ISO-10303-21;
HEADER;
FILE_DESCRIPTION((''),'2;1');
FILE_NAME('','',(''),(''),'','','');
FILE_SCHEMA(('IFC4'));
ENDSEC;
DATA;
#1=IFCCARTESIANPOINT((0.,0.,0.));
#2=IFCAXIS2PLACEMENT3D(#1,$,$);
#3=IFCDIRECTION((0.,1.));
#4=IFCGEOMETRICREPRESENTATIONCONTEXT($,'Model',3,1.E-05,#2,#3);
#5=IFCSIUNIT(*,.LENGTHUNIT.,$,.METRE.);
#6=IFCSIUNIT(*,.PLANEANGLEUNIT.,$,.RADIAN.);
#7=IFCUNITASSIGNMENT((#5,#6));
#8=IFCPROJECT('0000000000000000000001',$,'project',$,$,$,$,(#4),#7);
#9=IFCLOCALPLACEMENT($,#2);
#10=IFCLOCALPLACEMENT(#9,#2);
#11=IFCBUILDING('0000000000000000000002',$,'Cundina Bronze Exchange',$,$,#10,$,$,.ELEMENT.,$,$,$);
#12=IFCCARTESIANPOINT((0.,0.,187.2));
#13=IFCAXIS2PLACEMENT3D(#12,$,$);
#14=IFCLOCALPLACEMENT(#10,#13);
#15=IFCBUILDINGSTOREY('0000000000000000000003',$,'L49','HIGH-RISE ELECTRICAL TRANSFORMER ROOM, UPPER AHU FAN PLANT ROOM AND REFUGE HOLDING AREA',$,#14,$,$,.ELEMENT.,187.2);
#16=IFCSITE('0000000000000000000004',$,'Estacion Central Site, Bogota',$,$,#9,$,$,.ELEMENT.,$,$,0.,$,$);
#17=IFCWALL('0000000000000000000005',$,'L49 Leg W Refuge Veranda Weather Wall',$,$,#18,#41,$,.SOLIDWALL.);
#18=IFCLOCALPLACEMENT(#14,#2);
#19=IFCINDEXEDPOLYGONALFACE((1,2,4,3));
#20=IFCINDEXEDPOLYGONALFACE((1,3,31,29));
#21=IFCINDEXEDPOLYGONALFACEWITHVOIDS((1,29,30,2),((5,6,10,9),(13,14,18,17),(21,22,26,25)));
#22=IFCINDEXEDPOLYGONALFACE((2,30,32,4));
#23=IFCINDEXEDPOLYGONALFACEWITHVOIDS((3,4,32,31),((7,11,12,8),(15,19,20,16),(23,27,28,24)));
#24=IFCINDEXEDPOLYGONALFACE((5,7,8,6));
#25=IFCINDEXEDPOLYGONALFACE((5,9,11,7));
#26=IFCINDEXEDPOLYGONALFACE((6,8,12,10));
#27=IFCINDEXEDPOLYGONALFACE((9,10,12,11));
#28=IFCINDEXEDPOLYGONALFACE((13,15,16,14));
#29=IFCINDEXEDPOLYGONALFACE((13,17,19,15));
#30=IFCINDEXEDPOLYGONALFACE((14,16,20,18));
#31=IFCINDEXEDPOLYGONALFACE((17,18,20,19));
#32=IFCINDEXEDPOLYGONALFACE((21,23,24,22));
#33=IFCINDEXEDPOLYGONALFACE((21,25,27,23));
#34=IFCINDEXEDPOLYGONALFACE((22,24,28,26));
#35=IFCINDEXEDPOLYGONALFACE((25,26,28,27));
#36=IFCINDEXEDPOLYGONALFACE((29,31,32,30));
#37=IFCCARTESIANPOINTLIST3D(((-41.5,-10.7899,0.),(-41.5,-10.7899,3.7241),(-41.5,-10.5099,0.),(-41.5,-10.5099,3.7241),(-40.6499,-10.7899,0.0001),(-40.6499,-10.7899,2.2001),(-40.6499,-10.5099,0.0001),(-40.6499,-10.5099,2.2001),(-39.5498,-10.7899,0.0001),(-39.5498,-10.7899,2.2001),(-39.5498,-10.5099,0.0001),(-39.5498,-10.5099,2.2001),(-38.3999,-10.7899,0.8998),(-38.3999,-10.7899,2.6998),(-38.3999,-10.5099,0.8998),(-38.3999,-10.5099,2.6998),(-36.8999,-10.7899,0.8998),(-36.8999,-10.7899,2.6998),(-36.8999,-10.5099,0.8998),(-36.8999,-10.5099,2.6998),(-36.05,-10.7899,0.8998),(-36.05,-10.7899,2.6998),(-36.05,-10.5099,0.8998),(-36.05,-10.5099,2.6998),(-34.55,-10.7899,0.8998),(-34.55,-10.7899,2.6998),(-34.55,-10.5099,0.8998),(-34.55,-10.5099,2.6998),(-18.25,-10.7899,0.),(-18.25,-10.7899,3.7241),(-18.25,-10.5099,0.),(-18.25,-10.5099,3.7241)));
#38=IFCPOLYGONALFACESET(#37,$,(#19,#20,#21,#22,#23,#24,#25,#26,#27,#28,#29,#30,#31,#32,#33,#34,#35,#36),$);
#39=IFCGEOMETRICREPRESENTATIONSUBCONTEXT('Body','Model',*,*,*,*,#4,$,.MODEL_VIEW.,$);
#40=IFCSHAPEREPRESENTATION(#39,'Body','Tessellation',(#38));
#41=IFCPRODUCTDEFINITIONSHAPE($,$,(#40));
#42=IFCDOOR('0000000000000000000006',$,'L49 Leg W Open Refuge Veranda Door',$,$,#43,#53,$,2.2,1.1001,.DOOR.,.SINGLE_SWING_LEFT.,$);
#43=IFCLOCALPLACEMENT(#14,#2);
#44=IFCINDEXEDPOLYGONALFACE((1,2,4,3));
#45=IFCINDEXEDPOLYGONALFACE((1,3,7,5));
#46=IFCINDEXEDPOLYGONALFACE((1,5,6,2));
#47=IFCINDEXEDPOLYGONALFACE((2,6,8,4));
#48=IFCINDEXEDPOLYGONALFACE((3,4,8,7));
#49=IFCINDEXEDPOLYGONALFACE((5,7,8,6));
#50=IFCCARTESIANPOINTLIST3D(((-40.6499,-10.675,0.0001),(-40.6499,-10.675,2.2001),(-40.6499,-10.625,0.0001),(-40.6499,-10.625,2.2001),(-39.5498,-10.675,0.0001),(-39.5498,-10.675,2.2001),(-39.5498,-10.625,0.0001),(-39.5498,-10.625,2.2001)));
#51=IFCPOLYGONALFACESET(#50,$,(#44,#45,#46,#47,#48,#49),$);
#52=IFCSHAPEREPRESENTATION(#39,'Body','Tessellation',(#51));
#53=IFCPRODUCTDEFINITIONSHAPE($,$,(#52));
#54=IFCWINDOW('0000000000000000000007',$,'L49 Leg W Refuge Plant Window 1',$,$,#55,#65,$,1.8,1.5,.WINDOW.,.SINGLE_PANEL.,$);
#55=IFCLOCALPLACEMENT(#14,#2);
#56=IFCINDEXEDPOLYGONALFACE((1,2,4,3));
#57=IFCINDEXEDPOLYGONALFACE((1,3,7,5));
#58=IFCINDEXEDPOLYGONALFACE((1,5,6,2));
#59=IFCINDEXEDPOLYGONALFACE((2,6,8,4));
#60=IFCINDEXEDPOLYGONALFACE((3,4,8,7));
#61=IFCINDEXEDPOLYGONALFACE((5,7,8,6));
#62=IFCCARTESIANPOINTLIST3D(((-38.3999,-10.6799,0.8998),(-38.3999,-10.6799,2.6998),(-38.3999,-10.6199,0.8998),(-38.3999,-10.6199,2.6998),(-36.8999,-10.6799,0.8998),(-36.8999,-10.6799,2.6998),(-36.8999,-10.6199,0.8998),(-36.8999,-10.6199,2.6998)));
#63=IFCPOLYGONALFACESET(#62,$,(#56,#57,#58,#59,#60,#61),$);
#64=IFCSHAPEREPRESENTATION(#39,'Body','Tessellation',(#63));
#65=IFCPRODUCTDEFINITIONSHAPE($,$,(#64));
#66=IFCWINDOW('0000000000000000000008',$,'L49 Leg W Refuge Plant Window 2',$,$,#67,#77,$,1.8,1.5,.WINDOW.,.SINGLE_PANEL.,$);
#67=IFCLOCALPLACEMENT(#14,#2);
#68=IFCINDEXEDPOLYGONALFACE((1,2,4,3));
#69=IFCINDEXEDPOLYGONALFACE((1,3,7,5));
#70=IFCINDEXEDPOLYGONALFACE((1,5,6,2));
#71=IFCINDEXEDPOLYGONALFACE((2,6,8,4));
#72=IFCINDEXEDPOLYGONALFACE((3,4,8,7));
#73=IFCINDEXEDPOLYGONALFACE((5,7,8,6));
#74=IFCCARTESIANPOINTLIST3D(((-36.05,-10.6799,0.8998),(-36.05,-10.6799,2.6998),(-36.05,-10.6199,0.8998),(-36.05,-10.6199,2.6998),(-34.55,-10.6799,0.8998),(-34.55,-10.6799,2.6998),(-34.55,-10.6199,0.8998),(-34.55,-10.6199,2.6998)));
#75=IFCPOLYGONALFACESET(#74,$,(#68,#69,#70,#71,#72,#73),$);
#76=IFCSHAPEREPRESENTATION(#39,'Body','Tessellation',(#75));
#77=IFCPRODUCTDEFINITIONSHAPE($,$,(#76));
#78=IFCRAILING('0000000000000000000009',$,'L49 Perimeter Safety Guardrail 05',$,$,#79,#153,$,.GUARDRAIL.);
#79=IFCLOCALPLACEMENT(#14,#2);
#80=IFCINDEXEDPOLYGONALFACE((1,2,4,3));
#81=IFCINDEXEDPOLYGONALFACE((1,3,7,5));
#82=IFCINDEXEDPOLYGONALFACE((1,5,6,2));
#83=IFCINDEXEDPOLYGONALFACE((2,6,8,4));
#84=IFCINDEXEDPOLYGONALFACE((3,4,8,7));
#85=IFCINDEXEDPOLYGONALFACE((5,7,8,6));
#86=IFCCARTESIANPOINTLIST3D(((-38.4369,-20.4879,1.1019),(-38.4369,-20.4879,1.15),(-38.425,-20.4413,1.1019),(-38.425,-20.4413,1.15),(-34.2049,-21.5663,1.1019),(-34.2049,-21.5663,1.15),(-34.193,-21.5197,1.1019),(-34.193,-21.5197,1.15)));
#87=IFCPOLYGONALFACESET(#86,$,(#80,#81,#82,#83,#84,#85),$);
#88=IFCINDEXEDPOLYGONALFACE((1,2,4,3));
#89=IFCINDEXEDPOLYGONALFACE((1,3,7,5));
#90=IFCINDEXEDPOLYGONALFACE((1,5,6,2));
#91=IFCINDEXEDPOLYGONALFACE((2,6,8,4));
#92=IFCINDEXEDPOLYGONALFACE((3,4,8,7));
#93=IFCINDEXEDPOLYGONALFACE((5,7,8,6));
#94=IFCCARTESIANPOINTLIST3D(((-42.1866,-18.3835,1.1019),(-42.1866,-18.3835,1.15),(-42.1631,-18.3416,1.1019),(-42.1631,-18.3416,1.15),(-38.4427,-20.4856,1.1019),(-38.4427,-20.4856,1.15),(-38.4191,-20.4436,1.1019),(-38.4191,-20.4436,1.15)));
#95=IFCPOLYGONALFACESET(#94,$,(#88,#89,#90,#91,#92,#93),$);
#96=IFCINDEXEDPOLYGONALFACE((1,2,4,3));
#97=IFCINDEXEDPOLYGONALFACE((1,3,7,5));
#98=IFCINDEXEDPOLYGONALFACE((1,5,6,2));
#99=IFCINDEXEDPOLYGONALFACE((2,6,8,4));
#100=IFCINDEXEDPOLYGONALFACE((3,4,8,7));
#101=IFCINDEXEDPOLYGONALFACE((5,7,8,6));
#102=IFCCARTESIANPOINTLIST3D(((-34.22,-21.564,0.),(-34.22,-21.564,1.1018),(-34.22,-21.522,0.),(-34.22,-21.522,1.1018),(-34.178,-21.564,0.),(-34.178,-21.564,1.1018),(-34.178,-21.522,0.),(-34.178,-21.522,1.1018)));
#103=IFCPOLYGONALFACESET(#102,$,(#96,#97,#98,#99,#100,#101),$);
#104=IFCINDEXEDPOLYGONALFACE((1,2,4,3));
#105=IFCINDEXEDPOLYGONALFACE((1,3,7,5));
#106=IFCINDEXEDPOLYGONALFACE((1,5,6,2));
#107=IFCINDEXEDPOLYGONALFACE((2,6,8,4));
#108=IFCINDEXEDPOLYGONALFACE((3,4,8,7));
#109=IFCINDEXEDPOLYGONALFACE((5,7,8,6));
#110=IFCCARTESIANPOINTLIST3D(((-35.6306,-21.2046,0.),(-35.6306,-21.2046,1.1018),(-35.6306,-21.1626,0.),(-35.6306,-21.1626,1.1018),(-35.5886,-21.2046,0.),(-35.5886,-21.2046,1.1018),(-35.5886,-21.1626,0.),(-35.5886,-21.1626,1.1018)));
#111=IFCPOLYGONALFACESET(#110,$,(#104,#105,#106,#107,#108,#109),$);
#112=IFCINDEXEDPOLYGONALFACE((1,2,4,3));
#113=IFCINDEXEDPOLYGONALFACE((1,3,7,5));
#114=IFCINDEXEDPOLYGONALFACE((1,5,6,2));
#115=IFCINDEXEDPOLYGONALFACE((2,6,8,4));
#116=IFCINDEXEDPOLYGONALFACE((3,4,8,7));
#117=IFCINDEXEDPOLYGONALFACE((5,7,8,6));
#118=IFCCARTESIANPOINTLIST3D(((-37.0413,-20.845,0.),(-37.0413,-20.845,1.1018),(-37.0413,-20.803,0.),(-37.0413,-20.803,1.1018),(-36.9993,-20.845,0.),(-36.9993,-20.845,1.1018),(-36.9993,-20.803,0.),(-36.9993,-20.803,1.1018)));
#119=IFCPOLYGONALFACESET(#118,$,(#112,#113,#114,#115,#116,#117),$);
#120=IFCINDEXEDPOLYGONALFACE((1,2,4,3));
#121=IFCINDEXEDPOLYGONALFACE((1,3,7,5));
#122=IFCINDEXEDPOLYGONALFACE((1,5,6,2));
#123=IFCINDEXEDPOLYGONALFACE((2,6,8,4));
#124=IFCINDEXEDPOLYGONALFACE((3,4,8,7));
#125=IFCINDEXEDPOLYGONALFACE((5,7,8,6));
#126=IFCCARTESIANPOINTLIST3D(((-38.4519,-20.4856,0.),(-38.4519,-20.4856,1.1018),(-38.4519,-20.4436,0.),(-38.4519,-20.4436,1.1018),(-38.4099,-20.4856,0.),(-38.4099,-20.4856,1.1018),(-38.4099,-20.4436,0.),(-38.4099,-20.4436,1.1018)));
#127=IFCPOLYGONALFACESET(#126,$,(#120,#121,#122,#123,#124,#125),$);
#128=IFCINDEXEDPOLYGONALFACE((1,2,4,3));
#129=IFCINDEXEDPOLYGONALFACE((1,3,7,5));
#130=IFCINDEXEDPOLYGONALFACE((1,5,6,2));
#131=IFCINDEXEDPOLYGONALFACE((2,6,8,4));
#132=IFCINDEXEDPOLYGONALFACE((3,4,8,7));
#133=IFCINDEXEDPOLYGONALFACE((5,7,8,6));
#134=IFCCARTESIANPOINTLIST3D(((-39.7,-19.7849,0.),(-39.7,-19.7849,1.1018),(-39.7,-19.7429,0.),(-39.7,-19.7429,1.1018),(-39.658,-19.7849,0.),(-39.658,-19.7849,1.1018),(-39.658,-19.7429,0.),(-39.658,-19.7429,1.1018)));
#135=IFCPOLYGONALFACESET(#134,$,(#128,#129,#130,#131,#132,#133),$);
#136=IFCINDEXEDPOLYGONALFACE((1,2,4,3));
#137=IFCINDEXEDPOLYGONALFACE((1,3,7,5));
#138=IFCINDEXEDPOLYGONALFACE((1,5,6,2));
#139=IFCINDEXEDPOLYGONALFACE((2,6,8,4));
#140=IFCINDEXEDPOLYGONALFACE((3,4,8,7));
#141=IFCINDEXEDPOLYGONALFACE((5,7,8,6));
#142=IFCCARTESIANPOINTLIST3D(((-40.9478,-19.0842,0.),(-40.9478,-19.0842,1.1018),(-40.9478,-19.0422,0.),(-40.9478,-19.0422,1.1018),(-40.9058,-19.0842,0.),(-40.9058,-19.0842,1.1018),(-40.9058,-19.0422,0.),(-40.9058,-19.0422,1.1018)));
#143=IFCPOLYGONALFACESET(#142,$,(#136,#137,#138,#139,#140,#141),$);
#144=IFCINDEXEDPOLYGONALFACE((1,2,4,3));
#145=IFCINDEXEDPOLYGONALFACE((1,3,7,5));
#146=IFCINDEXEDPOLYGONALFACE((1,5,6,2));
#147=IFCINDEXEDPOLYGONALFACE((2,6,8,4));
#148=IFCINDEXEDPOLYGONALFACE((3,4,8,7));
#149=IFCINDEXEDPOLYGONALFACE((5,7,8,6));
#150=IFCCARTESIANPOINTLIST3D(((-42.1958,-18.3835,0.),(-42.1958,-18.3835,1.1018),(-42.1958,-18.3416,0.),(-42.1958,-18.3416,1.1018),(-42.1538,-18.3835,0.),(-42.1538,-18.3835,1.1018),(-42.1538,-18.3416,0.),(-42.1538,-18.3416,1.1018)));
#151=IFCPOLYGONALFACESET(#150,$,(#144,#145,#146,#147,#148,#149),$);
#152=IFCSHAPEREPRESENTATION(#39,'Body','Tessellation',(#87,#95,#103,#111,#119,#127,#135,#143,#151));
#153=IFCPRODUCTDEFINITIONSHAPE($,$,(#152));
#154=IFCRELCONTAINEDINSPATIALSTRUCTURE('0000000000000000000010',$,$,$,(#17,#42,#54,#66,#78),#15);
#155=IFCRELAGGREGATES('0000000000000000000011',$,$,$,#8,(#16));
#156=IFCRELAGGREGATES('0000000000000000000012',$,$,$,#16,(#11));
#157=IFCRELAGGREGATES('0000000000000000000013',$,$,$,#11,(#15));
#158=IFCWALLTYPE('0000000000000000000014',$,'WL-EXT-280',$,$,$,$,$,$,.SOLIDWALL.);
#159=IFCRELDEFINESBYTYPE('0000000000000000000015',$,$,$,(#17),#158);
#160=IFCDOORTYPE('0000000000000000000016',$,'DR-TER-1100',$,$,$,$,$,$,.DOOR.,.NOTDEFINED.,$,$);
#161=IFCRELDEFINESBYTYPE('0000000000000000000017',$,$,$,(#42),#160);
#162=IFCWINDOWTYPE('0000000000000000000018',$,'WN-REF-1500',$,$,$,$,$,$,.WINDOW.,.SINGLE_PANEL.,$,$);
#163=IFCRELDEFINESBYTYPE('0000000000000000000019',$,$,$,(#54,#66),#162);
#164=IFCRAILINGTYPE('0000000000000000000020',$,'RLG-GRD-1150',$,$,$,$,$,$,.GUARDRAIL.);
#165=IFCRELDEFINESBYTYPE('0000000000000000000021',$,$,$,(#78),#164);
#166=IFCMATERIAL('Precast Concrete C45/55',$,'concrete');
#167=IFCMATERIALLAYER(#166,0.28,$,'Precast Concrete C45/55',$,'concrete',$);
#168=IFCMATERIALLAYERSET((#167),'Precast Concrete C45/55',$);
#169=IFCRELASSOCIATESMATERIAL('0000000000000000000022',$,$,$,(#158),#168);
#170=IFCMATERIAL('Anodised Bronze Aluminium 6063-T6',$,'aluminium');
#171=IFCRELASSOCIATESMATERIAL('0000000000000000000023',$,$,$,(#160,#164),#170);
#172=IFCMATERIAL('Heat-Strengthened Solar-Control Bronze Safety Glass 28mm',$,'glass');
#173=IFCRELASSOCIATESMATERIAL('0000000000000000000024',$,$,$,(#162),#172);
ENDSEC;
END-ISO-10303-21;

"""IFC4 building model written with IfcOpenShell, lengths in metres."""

from ifc_helpers import new_model, si_unit, direction, frame, frame_2d, origin, origin_2d, place, context, subcontext, project, spatial, rectangle, extrude, material, layer, layer_set, type_object, element, fill, save


model = new_model("IFC4")

# Units and contexts
model_context = context("Model", 3, precision=1e-05, world=origin(), true_north=direction((0.0, 1.0)))
body_context = subcontext(model_context, "Body", "Model", "MODEL_VIEW")
ifc_project = project(units=[si_unit("LENGTHUNIT", "METRE"), si_unit("PLANEANGLEUNIT", "RADIAN")], contexts=[model_context])

# Site, building, storey
site_placement = place(None, origin())
site = spatial("IfcSite", under=ifc_project, at=site_placement, Name="Estacion Central Site, Bogota", CompositionType="ELEMENT", RefElevation=0.0)
building_placement = place(site_placement, origin())
building = spatial("IfcBuilding", under=site, at=building_placement, Name="Cundina Bronze Exchange", CompositionType="ELEMENT")
storey_placement = place(building_placement, frame((0.0, 0.0, 187.2)))
storey = spatial("IfcBuildingStorey", under=building, at=storey_placement, Name="L49", Description="HIGH-RISE ELECTRICAL TRANSFORMER ROOM, UPPER AHU FAN PLANT ROOM AND REFUGE HOLDING AREA", CompositionType="ELEMENT", Elevation=187.2)

# Wall, openings, door, windows
ifc_material_1 = material(Name="Precast Concrete C45/55", Category="concrete")
ifc_layer_1 = layer(ifc_material_1, 0.28, Name="Precast Concrete C45/55", Category="concrete")
ifc_layer_set_1 = layer_set([ifc_layer_1], Name="Precast Concrete C45/55")
wall_type_1 = type_object("IfcWallType", Name="WL-EXT-280", PredefinedType="SOLIDWALL", material=ifc_layer_set_1)
wall_1_placement = place(storey_placement, frame((-41.5, -10.6499, 0.0), z_axis=(0.0, 0.0, 1.0), x_axis=(1.0, 0.0, 0.0)))
wall_1 = element("IfcWall", 1, at=wall_1_placement, inside=storey, type_object=wall_type_1, Name="L49 Leg W Refuge Veranda Weather Wall", PredefinedType="SOLIDWALL", context=body_context, shape_type="SweptSolid", body=[
    extrude(rectangle(XDim=23.25, YDim=0.28, at=frame_2d((11.625, 0.0))), origin(), (0.0, 0.0, 1.0), 3.7241),
])
opening_1_placement = place(wall_1_placement, frame((0.8501, 0.0, 0.0)))
opening_1 = element("IfcOpeningElement", 2, at=opening_1_placement, cuts=wall_1, PredefinedType="OPENING", context=body_context, shape_type="SweptSolid", body=[
    extrude(rectangle(XDim=1.1001, YDim=2.2, at=frame_2d((0.55, 1.1001))), frame((0.0, 0.1499, 0.0), z_axis=(0.0, -1.0, 0.0), x_axis=(1.0, 0.0, 0.0)), (0.0, 0.0, 1.0), 0.3),
])
opening_2_placement = place(wall_1_placement, frame((3.1001, 0.0, 0.8999)))
opening_2 = element("IfcOpeningElement", 3, at=opening_2_placement, cuts=wall_1, PredefinedType="OPENING", context=body_context, shape_type="SweptSolid", body=[
    extrude(rectangle(XDim=1.5, YDim=1.8, at=frame_2d((0.75, 0.8999))), frame((0.0, 0.1499, 0.0), z_axis=(0.0, -1.0, 0.0), x_axis=(1.0, 0.0, 0.0)), (0.0, 0.0, 1.0), 0.3),
])
opening_3_placement = place(wall_1_placement, frame((5.45, 0.0, 0.8999)))
opening_3 = element("IfcOpeningElement", 4, at=opening_3_placement, cuts=wall_1, PredefinedType="OPENING", context=body_context, shape_type="SweptSolid", body=[
    extrude(rectangle(XDim=1.5, YDim=1.8, at=frame_2d((0.75, 0.8999))), frame((0.0, 0.1499, 0.0), z_axis=(0.0, -1.0, 0.0), x_axis=(1.0, 0.0, 0.0)), (0.0, 0.0, 1.0), 0.3),
])
ifc_material_2 = material(Name="Anodised Bronze Aluminium 6063-T6", Category="aluminium")
door_type = type_object("IfcDoorType", Name="DR-TER-1100", OperationType="NOTDEFINED", PredefinedType="DOOR", material=ifc_material_2)
door_placement = place(opening_1_placement, origin())
door = element("IfcDoor", 5, at=door_placement, inside=storey, type_object=door_type, Name="L49 Leg W Open Refuge Veranda Door", OperationType="SINGLE_SWING_LEFT", OverallHeight=2.2, OverallWidth=1.1001, PredefinedType="DOOR", context=body_context, shape_type="SweptSolid", body=[
    extrude(rectangle(XDim=1.1001, YDim=2.2, at=frame_2d((0.55, 1.1001))), frame((0.0, 0.0249, 0.0), z_axis=(0.0, -1.0, 0.0), x_axis=(1.0, 0.0, 0.0)), (0.0, 0.0, 1.0), 0.05),
])
fill(opening_1, door)
ifc_material_3 = material(Name="Heat-Strengthened Solar-Control Bronze Safety Glass 28mm", Category="glass")
window_type = type_object("IfcWindowType", Name="WN-REF-1500", PartitioningType="SINGLE_PANEL", PredefinedType="WINDOW", material=ifc_material_3)
window_1_placement = place(opening_2_placement, origin())
window_1 = element("IfcWindow", 6, at=window_1_placement, inside=storey, type_object=window_type, Name="L49 Leg W Refuge Plant Window 1", OverallHeight=1.8, OverallWidth=1.5, PartitioningType="SINGLE_PANEL", PredefinedType="WINDOW", context=body_context, shape_type="SweptSolid", body=[
    extrude(rectangle(XDim=1.5, YDim=1.8, at=frame_2d((0.75, 0.8999))), frame((0.0, 0.03, 0.0), z_axis=(0.0, -1.0, 0.0), x_axis=(1.0, 0.0, 0.0)), (0.0, 0.0, 1.0), 0.0601),
])
fill(opening_2, window_1)
window_2_placement = place(opening_3_placement, origin())
window_2 = element("IfcWindow", 7, at=window_2_placement, inside=storey, type_object=window_type, Name="L49 Leg W Refuge Plant Window 2", OverallHeight=1.8, OverallWidth=1.5, PartitioningType="SINGLE_PANEL", PredefinedType="WINDOW", context=body_context, shape_type="SweptSolid", body=[
    extrude(rectangle(XDim=1.5, YDim=1.8, at=frame_2d((0.75, 0.8999))), frame((0.0, 0.03, 0.0), z_axis=(0.0, -1.0, 0.0), x_axis=(1.0, 0.0, 0.0)), (0.0, 0.0, 1.0), 0.0601),
])
fill(opening_3, window_2)

# Railing
railing_type = type_object("IfcRailingType", Name="RLG-GRD-1150", PredefinedType="GUARDRAIL", material=ifc_material_2)
railing_1_placement = place(storey_placement, frame((-34.199, -21.543, 0.0)))
element("IfcRailing", 8, at=railing_1_placement, inside=storey, type_object=railing_type, Name="L49 Perimeter Safety Guardrail 05", PredefinedType="GUARDRAIL", context=body_context, shape_type="SweptSolid", body=[
    extrude(rectangle(XDim=0.0481, YDim=0.0481, at=origin_2d()), frame((0.0, 0.0, 1.126), z_axis=(-0.969034, 0.246927, 0.0), x_axis=(-0.246927, -0.969034, 0.0)), (0.0, 0.0, 1.0), 4.3672),
    extrude(rectangle(XDim=0.0481, YDim=0.0481, at=origin_2d()), frame((-4.2319, 1.0784, 1.126), z_axis=(-0.871962, 0.489573, 0.0), x_axis=(-0.489573, -0.871962, 0.0)), (0.0, 0.0, 1.0), 4.2937),
    extrude(rectangle(XDim=0.042, YDim=0.042, at=origin_2d()), origin(), (0.0, 0.0, 1.0), 1.1018),
    extrude(rectangle(XDim=0.042, YDim=0.042, at=origin_2d()), frame((-1.4106, 0.3594, 0.0)), (0.0, 0.0, 1.0), 1.1018),
    extrude(rectangle(XDim=0.042, YDim=0.042, at=origin_2d()), frame((-2.8213, 0.719, 0.0)), (0.0, 0.0, 1.0), 1.1018),
    extrude(rectangle(XDim=0.042, YDim=0.042, at=origin_2d()), frame((-4.2319, 1.0784, 0.0)), (0.0, 0.0, 1.0), 1.1018),
    extrude(rectangle(XDim=0.042, YDim=0.042, at=origin_2d()), frame((-5.48, 1.7791, 0.0)), (0.0, 0.0, 1.0), 1.1018),
    extrude(rectangle(XDim=0.042, YDim=0.042, at=origin_2d()), frame((-6.7278, 2.4797, 0.0)), (0.0, 0.0, 1.0), 1.1018),
    extrude(rectangle(XDim=0.042, YDim=0.042, at=origin_2d()), frame((-7.9758, 3.1804, 0.0)), (0.0, 0.0, 1.0), 1.1018),
])

save(model, "model.ifc")
